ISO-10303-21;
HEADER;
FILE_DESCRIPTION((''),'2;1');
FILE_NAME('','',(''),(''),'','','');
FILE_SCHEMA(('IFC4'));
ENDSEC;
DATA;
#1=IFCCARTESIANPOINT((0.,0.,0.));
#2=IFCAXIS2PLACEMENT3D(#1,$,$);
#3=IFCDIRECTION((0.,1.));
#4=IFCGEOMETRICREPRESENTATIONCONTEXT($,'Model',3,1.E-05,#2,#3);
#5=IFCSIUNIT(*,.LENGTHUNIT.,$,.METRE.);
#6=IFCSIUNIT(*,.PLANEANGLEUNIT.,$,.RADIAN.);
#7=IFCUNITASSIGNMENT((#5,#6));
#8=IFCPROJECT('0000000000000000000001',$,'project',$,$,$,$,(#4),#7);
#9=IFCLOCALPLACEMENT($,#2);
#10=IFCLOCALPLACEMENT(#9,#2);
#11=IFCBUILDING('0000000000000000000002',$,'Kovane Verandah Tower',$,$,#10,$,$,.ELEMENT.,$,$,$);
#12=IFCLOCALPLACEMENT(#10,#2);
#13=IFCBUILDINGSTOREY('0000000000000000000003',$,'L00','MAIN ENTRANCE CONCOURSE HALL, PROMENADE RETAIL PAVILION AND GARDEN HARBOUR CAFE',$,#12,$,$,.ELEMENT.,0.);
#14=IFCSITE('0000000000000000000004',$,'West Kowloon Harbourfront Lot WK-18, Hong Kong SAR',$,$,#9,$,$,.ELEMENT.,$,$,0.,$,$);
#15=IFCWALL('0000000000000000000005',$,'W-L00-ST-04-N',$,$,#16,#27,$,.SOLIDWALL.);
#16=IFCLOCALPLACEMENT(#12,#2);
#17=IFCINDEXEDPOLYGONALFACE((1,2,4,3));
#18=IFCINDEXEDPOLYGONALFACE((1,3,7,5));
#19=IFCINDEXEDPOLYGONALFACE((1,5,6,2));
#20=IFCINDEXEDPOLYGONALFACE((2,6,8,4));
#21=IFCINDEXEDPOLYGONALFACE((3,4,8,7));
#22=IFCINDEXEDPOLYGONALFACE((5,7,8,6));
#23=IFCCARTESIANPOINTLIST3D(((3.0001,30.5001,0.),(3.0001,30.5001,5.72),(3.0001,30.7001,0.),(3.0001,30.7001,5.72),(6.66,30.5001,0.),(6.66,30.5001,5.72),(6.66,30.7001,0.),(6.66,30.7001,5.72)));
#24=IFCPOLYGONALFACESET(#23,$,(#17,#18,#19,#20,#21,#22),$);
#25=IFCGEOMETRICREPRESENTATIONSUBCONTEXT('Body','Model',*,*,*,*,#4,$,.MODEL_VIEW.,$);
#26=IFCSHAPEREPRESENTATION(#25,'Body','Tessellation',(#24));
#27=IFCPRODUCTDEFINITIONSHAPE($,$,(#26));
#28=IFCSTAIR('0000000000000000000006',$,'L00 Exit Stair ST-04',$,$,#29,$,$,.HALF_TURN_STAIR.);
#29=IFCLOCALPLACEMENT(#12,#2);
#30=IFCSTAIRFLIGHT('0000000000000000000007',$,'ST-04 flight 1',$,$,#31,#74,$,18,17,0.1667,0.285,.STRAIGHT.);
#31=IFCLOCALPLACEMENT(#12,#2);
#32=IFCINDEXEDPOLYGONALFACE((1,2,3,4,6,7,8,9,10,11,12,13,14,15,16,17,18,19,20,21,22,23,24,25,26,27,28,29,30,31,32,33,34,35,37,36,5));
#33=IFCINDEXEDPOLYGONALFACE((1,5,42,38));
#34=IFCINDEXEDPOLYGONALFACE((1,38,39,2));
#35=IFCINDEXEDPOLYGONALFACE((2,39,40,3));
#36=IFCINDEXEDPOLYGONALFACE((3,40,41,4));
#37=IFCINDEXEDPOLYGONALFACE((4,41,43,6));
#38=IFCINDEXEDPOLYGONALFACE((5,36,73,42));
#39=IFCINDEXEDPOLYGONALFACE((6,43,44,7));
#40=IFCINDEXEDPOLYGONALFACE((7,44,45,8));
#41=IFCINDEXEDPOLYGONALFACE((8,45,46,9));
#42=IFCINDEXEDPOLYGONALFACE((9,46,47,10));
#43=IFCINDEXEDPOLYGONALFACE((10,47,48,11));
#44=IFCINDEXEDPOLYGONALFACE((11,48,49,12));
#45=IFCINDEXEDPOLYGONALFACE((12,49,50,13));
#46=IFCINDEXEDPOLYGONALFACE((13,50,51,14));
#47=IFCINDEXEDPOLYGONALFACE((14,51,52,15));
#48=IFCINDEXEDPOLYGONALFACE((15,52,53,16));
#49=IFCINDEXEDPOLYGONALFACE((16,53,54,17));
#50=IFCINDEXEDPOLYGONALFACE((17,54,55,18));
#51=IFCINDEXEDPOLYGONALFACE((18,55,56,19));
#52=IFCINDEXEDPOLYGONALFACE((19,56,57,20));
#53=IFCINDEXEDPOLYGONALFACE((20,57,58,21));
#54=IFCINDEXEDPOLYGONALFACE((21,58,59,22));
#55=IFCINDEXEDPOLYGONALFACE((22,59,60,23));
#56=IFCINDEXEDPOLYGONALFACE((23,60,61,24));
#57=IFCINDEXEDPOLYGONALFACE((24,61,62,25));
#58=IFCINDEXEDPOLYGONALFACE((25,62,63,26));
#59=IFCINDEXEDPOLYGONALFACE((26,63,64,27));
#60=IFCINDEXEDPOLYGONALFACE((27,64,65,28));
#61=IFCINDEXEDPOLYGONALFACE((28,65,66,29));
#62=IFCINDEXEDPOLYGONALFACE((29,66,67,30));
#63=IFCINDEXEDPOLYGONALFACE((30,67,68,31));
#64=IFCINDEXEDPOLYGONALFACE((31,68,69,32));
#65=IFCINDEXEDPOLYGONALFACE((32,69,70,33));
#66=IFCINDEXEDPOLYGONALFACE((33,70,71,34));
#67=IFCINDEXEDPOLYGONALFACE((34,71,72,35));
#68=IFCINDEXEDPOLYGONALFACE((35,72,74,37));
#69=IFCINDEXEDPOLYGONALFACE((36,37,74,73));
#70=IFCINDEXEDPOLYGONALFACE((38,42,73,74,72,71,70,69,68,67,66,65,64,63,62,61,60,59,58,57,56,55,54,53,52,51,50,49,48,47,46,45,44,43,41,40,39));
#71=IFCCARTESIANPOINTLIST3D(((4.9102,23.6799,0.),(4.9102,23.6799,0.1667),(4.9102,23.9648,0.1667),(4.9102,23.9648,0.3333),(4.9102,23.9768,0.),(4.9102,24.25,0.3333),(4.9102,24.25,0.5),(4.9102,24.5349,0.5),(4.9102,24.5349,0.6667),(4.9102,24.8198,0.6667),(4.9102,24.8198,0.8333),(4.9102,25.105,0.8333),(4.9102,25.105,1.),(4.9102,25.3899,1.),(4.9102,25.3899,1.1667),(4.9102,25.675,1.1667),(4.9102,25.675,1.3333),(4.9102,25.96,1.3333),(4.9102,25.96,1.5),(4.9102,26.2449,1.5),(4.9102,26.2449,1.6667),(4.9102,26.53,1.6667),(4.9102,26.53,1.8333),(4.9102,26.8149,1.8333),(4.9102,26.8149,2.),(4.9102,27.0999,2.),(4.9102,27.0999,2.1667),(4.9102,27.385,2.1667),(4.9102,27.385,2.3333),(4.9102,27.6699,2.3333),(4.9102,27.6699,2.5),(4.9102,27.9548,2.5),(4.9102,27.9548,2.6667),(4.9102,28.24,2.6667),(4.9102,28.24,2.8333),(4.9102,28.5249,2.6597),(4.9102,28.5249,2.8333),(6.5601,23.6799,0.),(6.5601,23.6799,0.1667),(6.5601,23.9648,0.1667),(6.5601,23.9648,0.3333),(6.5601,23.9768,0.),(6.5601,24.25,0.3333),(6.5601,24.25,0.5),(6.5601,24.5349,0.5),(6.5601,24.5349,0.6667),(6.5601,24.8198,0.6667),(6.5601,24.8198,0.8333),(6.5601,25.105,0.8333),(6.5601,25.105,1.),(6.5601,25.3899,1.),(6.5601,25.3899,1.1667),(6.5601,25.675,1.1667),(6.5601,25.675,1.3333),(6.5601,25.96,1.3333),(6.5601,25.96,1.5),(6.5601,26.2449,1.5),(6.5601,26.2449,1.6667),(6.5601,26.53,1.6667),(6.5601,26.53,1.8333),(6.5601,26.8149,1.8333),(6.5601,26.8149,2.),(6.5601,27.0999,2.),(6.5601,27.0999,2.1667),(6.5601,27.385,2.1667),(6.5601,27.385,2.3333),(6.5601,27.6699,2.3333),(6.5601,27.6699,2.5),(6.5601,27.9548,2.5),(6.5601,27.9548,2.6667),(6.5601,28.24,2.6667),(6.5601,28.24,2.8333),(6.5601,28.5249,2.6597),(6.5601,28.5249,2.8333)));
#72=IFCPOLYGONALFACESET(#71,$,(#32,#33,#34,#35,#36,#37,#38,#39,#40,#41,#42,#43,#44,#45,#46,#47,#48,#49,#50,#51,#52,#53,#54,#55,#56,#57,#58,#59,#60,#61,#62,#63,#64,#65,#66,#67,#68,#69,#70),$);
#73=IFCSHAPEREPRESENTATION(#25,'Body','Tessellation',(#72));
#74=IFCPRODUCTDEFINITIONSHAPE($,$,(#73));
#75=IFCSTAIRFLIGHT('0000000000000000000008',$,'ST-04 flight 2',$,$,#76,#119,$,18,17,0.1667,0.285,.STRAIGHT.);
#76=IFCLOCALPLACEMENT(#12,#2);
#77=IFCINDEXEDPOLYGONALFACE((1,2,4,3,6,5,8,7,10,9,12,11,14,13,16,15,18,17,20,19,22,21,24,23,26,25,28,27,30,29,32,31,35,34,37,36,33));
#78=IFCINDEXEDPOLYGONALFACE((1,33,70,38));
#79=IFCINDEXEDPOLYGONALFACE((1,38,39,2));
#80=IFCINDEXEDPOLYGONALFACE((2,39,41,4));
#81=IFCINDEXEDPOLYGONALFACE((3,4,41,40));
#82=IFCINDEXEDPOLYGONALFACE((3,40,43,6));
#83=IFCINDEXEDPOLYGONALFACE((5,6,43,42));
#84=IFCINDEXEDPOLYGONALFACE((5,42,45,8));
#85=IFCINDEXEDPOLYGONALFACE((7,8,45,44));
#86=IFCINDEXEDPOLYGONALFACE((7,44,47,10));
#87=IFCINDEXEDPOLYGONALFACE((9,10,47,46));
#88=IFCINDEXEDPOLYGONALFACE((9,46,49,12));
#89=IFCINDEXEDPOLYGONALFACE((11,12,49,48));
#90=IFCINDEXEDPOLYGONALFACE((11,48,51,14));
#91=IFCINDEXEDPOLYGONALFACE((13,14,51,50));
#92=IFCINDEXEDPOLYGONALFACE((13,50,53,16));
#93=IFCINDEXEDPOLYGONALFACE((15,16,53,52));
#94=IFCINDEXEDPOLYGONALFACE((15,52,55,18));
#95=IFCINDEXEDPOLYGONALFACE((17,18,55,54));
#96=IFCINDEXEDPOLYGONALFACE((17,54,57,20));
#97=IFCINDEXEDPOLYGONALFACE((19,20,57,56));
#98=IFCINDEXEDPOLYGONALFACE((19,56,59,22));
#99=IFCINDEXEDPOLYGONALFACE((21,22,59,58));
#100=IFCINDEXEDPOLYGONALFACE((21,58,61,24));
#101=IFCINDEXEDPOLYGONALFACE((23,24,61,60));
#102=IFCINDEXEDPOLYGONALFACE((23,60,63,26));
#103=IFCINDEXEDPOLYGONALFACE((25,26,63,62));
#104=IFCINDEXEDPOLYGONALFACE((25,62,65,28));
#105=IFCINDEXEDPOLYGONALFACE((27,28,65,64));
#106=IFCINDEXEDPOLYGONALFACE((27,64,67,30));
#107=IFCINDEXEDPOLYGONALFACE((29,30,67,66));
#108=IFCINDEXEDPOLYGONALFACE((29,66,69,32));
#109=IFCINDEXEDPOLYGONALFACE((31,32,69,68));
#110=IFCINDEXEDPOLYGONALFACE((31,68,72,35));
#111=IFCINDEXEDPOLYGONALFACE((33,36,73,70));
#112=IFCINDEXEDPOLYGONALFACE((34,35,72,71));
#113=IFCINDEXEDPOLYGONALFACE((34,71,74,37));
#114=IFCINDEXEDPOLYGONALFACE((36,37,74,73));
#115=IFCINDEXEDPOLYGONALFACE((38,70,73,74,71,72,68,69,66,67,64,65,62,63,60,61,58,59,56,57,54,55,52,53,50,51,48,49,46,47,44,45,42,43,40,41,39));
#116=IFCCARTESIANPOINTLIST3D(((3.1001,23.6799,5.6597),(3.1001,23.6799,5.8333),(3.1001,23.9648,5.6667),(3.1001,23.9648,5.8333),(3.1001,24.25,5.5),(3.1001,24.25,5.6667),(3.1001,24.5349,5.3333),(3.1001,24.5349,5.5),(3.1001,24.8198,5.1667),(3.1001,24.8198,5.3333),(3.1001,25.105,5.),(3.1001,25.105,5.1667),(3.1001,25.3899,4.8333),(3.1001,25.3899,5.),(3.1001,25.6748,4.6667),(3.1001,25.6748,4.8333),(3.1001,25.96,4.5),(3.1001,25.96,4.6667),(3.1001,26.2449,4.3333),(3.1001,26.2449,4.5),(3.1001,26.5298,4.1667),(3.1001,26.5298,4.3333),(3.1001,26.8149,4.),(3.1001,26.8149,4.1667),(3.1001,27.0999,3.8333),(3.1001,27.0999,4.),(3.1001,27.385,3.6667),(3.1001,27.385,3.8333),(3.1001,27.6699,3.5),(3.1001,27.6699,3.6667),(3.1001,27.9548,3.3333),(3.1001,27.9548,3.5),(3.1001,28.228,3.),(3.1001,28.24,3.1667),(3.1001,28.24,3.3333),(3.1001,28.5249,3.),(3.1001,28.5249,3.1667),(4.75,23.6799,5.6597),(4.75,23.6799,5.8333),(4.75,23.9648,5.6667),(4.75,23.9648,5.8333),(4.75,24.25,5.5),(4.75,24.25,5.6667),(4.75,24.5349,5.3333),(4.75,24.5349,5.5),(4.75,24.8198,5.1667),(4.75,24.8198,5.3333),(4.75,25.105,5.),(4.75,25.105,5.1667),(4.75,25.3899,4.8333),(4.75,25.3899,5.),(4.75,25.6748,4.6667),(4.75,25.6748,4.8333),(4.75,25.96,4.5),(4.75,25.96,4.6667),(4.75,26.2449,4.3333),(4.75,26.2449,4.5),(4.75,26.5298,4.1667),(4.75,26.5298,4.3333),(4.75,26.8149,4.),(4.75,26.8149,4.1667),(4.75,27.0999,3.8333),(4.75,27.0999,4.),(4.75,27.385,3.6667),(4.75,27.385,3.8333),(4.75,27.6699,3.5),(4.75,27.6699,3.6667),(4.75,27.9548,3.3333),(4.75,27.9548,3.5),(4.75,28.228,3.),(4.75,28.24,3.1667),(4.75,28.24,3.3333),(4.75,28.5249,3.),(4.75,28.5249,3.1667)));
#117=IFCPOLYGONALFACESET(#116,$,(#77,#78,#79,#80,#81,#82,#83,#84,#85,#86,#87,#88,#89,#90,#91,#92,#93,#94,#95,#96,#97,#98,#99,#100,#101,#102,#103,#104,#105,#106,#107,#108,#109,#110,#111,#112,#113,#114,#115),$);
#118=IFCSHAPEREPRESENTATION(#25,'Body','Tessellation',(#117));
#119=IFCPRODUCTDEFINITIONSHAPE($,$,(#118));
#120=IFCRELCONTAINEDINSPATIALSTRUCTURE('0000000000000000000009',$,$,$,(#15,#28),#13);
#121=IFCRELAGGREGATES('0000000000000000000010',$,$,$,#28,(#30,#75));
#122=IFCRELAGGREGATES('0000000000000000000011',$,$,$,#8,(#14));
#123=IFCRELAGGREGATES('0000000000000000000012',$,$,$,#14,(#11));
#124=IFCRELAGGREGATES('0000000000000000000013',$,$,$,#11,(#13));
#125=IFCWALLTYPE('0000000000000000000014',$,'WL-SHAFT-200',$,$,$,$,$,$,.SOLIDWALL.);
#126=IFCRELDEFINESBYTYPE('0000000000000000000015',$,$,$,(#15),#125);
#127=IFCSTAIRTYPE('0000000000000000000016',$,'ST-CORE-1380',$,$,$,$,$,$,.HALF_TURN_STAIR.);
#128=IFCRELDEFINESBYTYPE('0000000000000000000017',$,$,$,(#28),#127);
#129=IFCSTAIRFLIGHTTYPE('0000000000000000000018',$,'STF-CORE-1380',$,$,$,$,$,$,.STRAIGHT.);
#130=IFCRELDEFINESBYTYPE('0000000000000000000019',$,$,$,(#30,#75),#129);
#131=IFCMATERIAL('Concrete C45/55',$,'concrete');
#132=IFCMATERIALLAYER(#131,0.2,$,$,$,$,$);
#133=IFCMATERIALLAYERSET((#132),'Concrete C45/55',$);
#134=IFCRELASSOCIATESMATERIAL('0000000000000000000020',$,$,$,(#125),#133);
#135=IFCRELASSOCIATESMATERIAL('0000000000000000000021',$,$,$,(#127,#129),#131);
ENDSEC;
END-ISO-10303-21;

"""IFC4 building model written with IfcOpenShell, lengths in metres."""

from ifc_helpers import new_model, si_unit, direction, frame, frame_2d, origin, place, context, subcontext, project, spatial, polyline, rectangle, outline, extrude, material, layer, layer_set, type_object, element, aggregate, save


model = new_model("IFC4")

# Units and contexts
model_context = context("Model", 3, precision=1e-05, world=origin(), true_north=direction((0.0, 1.0)))
body_context = subcontext(model_context, "Body", "Model", "MODEL_VIEW")
ifc_project = project(units=[si_unit("LENGTHUNIT", "METRE"), si_unit("PLANEANGLEUNIT", "RADIAN")], contexts=[model_context])

# Site, building, storey
site_placement = place(None, origin())
site = spatial("IfcSite", under=ifc_project, at=site_placement, Name="West Kowloon Harbourfront Lot WK-18, Hong Kong SAR", CompositionType="ELEMENT", RefElevation=0.0)
building_placement = place(site_placement, origin())
building = spatial("IfcBuilding", under=site, at=building_placement, Name="Kovane Verandah Tower", CompositionType="ELEMENT")
storey_placement = place(building_placement, origin())
storey = spatial("IfcBuildingStorey", under=building, at=storey_placement, Name="L00", Description="MAIN ENTRANCE CONCOURSE HALL, PROMENADE RETAIL PAVILION AND GARDEN HARBOUR CAFE", CompositionType="ELEMENT", Elevation=0.0)

# Wall
ifc_material_1 = material(Name="Concrete C45/55", Category="concrete")
ifc_layer_1 = layer(ifc_material_1, 0.2)
ifc_layer_set_1 = layer_set([ifc_layer_1], Name="Concrete C45/55")
wall_type_1 = type_object("IfcWallType", Name="WL-SHAFT-200", PredefinedType="SOLIDWALL", material=ifc_layer_set_1)
wall_1_placement = place(storey_placement, frame((3.0, 30.6001, 0.0), z_axis=(0.0, 0.0, 1.0), x_axis=(1.0, 0.0, 0.0)))
element("IfcWall", 1, at=wall_1_placement, inside=storey, type_object=wall_type_1, Name="W-L00-ST-04-N", PredefinedType="SOLIDWALL", context=body_context, shape_type="SweptSolid", body=[
    extrude(rectangle(XDim=3.6599, YDim=0.2, at=frame_2d((1.8301, 0.0))), origin(), (0.0, 0.0, 1.0), 5.72),
])

# Stair, stair flights
stair_type = type_object("IfcStairType", Name="ST-CORE-1380", PredefinedType="HALF_TURN_STAIR", material=ifc_material_1)
stair_placement = place(storey_placement, origin())
stair = element("IfcStair", 2, at=stair_placement, inside=storey, type_object=stair_type, Name="L00 Exit Stair ST-04", PredefinedType="HALF_TURN_STAIR")
stair_flight_type = type_object("IfcStairFlightType", Name="STF-CORE-1380", PredefinedType="STRAIGHT", material=ifc_material_1)
stair_flight_1_placement = place(storey_placement, frame((5.7351, 23.6799, 0.0), z_axis=(0.0, 0.0, 1.0), x_axis=(0.0, 1.0, 0.0)))
stair_flight_1 = element("IfcStairFlight", 3, at=stair_flight_1_placement, type_object=stair_flight_type, Name="ST-04 flight 1", NumberOfRisers=18, NumberOfTreads=17, PredefinedType="STRAIGHT", RiserHeight=0.1667, TreadLength=0.285, context=body_context, shape_type="SweptSolid", body=[
    extrude(outline(polyline([(0.0, 0.0), (0.0, 0.1667), (0.2849, 0.1667), (0.2849, 0.3333), (0.5701, 0.3333), (0.5701, 0.5), (0.855, 0.5), (0.855, 0.6667), (1.1399, 0.6667), (1.1399, 0.8333), (1.425, 0.8333), (1.425, 1.0), (1.71, 1.0), (1.71, 1.1667), (1.9951, 1.1667), (1.9951, 1.3333), (2.28, 1.3333), (2.28, 1.5), (2.5649, 1.5), (2.5649, 1.6667), (2.8501, 1.6667), (2.8501, 1.8333), (3.135, 1.8333), (3.135, 2.0), (3.4199, 2.0), (3.4199, 2.1667), (3.7051, 2.1667), (3.7051, 2.3333), (3.99, 2.3333), (3.99, 2.5), (4.2749, 2.5), (4.2749, 2.6667), (4.5601, 2.6667), (4.5601, 2.8333), (4.845, 2.8333), (4.845, 3.0), (4.845, 2.6597), (0.2969, 0.0), (0.0, 0.0)])), frame((0.0, 0.825, 0.0), z_axis=(0.0, -1.0, 0.0), x_axis=(1.0, 0.0, 0.0)), (0.0, 0.0, 1.0), 1.6499),
])
stair_flight_2_placement = place(storey_placement, frame((3.925, 28.5249, 3.0), z_axis=(0.0, 0.0, 1.0), x_axis=(0.0, -1.0, 0.0)))
stair_flight_2 = element("IfcStairFlight", 4, at=stair_flight_2_placement, type_object=stair_flight_type, Name="ST-04 flight 2", NumberOfRisers=18, NumberOfTreads=17, PredefinedType="STRAIGHT", RiserHeight=0.1667, TreadLength=0.285, context=body_context, shape_type="SweptSolid", body=[
    extrude(outline(polyline([(0.0, 0.0), (0.0, 0.1667), (0.2849, 0.1667), (0.2849, 0.3333), (0.5701, 0.3333), (0.5701, 0.5), (0.855, 0.5), (0.855, 0.6667), (1.1399, 0.6667), (1.1399, 0.8333), (1.425, 0.8333), (1.425, 1.0), (1.71, 1.0), (1.71, 1.1667), (1.9951, 1.1667), (1.9951, 1.3333), (2.28, 1.3333), (2.28, 1.5), (2.5649, 1.5), (2.5649, 1.6667), (2.8501, 1.6667), (2.8501, 1.8333), (3.135, 1.8333), (3.135, 2.0), (3.4199, 2.0), (3.4199, 2.1667), (3.7051, 2.1667), (3.7051, 2.3333), (3.99, 2.3333), (3.99, 2.5), (4.2749, 2.5), (4.2749, 2.6667), (4.5601, 2.6667), (4.5601, 2.8333), (4.845, 2.8333), (4.845, 3.0), (4.845, 2.6597), (0.2969, 0.0), (0.0, 0.0)])), frame((0.0, 0.825, 0.0), z_axis=(0.0, -1.0, 0.0), x_axis=(1.0, 0.0, 0.0)), (0.0, 0.0, 1.0), 1.6499),
])
aggregate(stair, [stair_flight_1, stair_flight_2])

save(model, "model.ifc")
